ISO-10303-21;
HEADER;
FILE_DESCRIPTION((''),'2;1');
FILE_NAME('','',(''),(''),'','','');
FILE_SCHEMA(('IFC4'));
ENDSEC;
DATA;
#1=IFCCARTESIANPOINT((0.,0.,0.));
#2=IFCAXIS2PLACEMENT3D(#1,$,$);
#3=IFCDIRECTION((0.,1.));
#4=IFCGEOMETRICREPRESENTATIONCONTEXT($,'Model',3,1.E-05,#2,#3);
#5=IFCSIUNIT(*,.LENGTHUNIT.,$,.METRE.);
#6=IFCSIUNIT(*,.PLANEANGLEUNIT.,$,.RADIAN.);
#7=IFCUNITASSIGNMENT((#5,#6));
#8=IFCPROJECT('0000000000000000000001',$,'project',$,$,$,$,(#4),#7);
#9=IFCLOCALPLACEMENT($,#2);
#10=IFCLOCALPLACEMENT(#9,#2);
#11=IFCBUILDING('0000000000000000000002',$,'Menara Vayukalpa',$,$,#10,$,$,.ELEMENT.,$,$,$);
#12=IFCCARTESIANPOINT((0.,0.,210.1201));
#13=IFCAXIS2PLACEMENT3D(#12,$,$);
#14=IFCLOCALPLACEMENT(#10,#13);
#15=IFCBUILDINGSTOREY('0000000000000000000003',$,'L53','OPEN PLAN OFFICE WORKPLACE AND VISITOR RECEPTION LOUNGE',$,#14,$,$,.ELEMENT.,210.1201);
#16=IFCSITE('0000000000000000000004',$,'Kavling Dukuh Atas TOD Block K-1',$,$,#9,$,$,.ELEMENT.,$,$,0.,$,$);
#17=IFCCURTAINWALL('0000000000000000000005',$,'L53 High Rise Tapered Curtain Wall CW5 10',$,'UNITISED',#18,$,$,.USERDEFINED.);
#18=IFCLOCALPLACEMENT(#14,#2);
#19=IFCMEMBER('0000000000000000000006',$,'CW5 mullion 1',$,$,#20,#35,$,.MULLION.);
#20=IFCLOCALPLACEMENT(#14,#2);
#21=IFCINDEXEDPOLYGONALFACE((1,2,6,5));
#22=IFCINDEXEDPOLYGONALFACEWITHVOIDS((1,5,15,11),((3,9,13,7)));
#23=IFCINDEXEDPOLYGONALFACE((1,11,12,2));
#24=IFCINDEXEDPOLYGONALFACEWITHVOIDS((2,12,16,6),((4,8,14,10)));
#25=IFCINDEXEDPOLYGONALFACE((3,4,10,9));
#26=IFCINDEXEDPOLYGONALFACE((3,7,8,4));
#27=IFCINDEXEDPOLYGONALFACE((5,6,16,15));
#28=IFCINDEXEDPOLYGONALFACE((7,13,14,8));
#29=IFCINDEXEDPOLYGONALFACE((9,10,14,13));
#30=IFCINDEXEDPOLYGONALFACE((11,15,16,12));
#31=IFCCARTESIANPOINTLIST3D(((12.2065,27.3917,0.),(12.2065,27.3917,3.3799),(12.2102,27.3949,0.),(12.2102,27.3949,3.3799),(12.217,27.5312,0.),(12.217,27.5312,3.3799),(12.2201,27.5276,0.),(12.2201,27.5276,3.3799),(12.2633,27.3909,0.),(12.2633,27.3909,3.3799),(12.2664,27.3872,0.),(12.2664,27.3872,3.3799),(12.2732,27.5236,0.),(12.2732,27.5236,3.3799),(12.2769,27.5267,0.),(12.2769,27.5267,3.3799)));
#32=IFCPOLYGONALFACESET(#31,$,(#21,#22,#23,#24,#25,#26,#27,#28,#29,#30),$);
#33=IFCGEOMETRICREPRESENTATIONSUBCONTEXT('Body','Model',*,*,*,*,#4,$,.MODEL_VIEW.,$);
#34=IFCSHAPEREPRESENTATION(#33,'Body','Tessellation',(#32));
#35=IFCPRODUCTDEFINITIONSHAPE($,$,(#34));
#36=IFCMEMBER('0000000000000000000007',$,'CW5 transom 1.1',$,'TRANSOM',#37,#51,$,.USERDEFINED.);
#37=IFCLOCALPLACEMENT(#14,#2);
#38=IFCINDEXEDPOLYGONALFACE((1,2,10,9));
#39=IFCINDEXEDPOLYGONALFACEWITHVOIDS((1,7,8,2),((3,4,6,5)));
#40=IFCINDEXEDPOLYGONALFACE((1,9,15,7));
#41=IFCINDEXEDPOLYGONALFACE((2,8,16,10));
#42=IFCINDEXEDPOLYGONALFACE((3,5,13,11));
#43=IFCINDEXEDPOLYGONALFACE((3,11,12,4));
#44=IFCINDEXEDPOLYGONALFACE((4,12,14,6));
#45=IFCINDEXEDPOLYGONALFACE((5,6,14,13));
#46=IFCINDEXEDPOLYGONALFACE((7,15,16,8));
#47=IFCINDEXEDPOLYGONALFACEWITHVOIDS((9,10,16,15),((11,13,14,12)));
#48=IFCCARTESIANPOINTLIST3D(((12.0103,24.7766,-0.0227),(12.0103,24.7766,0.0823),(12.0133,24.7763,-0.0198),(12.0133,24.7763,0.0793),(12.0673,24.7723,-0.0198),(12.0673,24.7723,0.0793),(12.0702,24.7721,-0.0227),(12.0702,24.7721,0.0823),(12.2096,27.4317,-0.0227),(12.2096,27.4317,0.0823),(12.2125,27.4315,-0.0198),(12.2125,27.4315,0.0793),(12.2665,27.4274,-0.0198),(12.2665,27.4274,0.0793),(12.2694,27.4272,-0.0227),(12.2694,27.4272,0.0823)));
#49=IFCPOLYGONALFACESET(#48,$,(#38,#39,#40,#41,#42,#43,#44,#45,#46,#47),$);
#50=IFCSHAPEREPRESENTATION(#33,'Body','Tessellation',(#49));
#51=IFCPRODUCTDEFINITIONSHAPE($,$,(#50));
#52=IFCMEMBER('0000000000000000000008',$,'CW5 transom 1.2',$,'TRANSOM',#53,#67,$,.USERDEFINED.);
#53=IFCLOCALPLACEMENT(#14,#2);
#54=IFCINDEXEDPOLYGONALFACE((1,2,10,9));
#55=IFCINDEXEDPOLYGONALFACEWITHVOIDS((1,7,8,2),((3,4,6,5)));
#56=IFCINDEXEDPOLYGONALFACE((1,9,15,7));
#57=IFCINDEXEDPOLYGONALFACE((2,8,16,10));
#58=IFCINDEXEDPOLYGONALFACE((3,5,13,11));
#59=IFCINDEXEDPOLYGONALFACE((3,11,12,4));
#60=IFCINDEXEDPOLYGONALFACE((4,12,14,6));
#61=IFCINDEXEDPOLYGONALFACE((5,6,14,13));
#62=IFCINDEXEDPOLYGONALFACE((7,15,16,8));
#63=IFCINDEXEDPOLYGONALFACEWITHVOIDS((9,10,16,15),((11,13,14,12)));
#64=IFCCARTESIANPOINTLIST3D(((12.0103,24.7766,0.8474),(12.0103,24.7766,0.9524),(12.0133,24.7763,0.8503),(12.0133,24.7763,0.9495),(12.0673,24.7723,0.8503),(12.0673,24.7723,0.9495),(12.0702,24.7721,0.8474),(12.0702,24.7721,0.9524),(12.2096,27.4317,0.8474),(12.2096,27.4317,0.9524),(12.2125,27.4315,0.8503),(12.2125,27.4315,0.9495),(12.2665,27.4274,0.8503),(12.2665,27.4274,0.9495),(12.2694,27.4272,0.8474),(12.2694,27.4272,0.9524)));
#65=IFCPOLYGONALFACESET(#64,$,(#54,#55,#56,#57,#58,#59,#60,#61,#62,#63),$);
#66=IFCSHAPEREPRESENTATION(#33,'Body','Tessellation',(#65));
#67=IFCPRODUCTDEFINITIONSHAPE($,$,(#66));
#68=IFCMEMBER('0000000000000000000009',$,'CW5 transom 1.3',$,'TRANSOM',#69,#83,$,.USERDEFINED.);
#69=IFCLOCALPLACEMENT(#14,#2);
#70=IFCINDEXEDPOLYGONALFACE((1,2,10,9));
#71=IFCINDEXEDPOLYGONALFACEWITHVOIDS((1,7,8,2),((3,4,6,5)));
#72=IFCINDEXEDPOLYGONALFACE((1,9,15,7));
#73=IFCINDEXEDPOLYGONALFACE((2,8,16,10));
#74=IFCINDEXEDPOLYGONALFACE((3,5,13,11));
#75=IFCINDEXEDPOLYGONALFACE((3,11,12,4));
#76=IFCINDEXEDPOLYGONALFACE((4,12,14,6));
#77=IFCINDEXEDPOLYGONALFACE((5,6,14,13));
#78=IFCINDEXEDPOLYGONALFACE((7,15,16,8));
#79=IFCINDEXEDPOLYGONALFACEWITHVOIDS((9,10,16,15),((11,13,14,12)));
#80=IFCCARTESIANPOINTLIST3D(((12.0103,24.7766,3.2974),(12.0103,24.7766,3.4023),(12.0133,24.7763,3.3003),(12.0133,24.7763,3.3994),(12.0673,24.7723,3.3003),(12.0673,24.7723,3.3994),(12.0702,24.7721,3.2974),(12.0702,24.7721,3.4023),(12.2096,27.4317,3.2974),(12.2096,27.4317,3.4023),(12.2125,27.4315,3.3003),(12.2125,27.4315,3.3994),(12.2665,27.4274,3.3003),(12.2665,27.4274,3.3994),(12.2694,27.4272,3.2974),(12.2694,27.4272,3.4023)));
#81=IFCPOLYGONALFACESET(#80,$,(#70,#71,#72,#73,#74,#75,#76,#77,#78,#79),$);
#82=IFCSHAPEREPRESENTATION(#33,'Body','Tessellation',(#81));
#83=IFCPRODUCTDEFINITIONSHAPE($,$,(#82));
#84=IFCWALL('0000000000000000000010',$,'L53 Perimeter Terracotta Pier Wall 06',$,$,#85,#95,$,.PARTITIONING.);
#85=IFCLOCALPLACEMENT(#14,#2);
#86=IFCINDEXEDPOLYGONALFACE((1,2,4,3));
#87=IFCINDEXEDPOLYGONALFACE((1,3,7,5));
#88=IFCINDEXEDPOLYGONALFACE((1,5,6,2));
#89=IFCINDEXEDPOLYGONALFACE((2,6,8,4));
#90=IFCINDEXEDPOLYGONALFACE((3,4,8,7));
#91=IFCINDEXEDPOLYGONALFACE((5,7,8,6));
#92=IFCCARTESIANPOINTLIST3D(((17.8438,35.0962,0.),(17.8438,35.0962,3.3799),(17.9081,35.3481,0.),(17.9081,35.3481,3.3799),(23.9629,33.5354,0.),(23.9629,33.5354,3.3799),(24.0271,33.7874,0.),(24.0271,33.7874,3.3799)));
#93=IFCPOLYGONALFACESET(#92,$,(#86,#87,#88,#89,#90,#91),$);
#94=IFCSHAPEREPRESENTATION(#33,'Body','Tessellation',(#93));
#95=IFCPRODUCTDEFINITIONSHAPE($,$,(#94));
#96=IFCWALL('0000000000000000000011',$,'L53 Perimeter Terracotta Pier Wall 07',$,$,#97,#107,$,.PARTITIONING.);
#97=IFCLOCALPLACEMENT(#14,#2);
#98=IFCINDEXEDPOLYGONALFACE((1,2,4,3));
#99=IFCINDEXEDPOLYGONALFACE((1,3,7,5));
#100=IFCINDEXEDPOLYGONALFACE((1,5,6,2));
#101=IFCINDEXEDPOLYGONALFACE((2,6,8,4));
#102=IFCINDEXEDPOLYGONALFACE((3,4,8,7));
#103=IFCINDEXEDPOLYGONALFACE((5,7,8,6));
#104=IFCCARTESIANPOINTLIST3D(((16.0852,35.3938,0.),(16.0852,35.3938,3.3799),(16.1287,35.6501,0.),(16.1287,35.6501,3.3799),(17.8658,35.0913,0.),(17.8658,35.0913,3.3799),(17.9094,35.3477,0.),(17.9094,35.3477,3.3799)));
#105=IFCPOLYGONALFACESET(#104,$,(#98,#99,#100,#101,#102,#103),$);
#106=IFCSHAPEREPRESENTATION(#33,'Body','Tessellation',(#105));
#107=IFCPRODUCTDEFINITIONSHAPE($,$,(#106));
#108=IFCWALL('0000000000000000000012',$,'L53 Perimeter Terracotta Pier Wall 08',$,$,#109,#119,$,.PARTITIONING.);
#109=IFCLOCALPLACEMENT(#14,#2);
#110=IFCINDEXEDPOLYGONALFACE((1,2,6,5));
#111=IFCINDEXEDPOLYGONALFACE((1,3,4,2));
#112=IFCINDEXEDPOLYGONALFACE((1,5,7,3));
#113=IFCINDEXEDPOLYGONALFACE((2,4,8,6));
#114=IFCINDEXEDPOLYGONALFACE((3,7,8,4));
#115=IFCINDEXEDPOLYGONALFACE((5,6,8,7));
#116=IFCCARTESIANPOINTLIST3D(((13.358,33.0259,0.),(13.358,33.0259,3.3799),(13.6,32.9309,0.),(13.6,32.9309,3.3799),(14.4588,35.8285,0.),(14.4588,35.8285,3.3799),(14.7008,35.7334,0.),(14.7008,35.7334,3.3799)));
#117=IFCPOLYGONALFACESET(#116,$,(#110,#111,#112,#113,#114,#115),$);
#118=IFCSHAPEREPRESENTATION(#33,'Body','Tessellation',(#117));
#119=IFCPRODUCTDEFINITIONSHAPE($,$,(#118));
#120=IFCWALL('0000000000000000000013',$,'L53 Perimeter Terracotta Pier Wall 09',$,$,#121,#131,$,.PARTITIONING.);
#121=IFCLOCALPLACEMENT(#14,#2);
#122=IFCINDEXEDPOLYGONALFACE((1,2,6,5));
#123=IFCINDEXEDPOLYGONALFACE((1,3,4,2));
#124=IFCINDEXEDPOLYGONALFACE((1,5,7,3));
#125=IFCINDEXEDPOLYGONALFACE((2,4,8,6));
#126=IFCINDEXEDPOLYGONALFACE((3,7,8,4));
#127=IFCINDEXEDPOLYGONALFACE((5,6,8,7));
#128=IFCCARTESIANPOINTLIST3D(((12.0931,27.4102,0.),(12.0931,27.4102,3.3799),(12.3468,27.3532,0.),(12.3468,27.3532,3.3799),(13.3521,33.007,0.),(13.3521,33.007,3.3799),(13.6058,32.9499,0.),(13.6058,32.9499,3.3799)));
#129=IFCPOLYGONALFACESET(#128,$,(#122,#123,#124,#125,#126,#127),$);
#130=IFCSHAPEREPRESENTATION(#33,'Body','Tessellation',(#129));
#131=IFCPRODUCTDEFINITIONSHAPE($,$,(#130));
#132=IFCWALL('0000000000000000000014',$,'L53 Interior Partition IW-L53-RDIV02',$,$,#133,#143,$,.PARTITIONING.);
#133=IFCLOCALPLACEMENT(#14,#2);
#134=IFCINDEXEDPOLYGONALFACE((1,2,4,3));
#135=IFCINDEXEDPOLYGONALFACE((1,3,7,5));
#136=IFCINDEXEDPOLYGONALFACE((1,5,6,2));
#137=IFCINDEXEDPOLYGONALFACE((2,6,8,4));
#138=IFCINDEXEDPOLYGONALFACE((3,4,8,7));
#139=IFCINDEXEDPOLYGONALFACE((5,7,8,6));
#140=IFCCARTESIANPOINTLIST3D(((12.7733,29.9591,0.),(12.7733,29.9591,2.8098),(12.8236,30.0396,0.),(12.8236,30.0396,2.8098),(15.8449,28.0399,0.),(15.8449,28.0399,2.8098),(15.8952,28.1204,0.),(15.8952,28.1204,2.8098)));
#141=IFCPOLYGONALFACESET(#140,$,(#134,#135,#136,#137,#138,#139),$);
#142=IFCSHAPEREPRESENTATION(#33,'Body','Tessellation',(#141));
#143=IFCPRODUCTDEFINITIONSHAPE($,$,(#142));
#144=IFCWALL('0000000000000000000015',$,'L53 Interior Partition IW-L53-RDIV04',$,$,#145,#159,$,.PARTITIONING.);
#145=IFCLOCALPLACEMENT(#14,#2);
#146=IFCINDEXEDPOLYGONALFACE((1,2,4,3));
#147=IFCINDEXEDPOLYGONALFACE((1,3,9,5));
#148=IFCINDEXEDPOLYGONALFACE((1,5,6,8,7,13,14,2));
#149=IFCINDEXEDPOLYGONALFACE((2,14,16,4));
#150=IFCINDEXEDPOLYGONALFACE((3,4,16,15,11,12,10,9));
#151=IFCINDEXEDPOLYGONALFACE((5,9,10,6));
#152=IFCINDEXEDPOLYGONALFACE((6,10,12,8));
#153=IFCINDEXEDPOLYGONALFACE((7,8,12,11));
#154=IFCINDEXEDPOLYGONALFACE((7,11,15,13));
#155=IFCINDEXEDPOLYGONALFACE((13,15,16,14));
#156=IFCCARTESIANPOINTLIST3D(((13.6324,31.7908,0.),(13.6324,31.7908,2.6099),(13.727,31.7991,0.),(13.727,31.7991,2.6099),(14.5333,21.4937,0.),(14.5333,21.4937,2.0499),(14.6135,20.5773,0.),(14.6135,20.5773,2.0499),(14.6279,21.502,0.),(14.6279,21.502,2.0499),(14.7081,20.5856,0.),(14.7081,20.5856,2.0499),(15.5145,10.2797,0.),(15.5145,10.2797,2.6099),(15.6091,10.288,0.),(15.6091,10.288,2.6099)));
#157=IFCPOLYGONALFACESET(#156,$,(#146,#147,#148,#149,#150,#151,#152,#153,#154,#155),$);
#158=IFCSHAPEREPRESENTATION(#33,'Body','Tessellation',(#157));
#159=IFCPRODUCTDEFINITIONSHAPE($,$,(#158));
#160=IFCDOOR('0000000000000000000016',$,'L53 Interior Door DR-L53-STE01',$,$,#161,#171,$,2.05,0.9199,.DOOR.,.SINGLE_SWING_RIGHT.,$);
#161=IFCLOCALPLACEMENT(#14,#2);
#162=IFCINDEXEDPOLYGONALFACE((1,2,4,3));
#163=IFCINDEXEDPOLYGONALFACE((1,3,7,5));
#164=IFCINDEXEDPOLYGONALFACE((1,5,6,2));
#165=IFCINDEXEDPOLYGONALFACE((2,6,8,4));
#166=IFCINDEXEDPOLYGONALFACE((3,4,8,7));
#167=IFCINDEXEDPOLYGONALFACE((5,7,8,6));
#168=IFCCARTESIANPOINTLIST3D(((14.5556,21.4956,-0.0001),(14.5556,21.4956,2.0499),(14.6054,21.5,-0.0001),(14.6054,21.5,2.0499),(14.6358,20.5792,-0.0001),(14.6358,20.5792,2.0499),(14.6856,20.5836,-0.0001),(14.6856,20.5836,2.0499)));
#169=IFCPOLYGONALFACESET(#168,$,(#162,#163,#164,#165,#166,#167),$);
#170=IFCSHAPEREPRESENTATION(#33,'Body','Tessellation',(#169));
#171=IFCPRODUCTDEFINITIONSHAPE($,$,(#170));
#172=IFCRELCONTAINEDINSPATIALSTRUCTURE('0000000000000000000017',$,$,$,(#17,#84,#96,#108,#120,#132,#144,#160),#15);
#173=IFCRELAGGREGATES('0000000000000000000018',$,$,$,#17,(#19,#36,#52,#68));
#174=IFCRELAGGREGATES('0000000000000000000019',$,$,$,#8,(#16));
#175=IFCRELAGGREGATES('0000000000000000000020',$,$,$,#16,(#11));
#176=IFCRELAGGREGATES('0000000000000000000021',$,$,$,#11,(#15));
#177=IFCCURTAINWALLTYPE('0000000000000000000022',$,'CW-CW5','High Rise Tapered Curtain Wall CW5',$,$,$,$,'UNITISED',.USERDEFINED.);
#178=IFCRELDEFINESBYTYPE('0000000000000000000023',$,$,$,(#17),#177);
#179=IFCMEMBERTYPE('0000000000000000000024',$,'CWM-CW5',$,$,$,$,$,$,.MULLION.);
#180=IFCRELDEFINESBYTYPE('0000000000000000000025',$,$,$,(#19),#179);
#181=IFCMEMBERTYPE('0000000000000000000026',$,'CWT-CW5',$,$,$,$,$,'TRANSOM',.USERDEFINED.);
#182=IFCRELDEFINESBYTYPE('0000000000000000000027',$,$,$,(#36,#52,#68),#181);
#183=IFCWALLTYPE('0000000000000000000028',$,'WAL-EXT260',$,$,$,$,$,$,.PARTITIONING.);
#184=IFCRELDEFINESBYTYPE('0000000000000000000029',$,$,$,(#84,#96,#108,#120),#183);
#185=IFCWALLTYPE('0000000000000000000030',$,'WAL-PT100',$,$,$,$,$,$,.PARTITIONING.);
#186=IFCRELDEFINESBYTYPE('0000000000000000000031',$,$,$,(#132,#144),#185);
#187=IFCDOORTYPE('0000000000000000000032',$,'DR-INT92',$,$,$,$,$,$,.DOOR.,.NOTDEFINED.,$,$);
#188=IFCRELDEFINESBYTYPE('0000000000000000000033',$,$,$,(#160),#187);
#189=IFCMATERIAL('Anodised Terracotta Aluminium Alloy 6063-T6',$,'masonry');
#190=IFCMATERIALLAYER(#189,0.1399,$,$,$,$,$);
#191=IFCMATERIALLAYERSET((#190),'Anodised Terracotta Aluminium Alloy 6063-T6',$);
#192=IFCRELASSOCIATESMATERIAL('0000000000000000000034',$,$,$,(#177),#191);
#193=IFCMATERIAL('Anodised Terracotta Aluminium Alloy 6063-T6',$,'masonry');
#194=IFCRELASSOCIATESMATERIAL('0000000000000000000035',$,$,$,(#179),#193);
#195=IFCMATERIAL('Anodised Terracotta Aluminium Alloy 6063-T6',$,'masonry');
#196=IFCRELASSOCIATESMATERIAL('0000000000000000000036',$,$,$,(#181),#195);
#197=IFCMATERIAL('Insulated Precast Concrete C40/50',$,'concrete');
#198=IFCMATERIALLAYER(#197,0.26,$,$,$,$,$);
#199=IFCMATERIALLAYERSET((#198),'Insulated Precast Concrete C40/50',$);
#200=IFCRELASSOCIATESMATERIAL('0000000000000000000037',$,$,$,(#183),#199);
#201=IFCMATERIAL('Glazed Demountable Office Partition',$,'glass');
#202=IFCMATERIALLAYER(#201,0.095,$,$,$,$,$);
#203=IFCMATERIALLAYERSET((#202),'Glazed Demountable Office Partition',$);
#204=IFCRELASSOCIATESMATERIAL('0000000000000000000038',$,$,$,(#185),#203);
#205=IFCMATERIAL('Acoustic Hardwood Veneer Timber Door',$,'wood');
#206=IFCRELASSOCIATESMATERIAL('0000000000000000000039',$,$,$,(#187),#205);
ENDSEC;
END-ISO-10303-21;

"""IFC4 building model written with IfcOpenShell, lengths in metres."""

from ifc_helpers import new_model, si_unit, direction, frame, frame_2d, origin, origin_2d, place, context, subcontext, project, spatial, rectangle, hollow_rectangle, extrude, material, layer, layer_set, material_profile, profile_set, type_object, element, fill, aggregate, save


model = new_model("IFC4")

# Units and contexts
model_context = context("Model", 3, precision=1e-05, world=origin(), true_north=direction((0.0, 1.0)))
body_context = subcontext(model_context, "Body", "Model", "MODEL_VIEW")
ifc_project = project(units=[si_unit("LENGTHUNIT", "METRE"), si_unit("PLANEANGLEUNIT", "RADIAN")], contexts=[model_context])

# Site, building, storey
site_placement = place(None, origin())
site = spatial("IfcSite", under=ifc_project, at=site_placement, Name="Kavling Dukuh Atas TOD Block K-1", CompositionType="ELEMENT", RefElevation=0.0)
building_placement = place(site_placement, origin())
building = spatial("IfcBuilding", under=site, at=building_placement, Name="Menara Vayukalpa", CompositionType="ELEMENT")
storey_placement = place(building_placement, frame((0.0, 0.0, 210.1201)))
storey = spatial("IfcBuildingStorey", under=building, at=storey_placement, Name="L53", Description="OPEN PLAN OFFICE WORKPLACE AND VISITOR RECEPTION LOUNGE", CompositionType="ELEMENT", Elevation=210.1201)

# Curtain wall, members
ifc_material_1 = material(Name="Anodised Terracotta Aluminium Alloy 6063-T6", Category="masonry")
ifc_layer_1 = layer(ifc_material_1, 0.1399)
ifc_layer_set_1 = layer_set([ifc_layer_1], Name="Anodised Terracotta Aluminium Alloy 6063-T6")
curtain_wall_type = type_object("IfcCurtainWallType", Name="CW-CW5", Description="High Rise Tapered Curtain Wall CW5", ElementType="UNITISED", PredefinedType="USERDEFINED", material=ifc_layer_set_1)
curtain_wall_placement = place(storey_placement, origin())
curtain_wall = element("IfcCurtainWall", 1, at=curtain_wall_placement, inside=storey, type_object=curtain_wall_type, Name="L53 High Rise Tapered Curtain Wall CW5 10", ObjectType="UNITISED", PredefinedType="USERDEFINED")
ifc_material_2 = material(Name="Anodised Terracotta Aluminium Alloy 6063-T6", Category="masonry")
ifc_material_profile_1 = material_profile(ifc_material_2, hollow_rectangle(XDim=0.0601, YDim=0.1399, WallThickness=0.0034, at=origin_2d()), Name="ALU 60x140x3.5")
ifc_profile_set_1 = profile_set([ifc_material_profile_1], Name="Anodised Terracotta Aluminium Alloy 6063-T6")
member_type_1 = type_object("IfcMemberType", Name="CWM-CW5", PredefinedType="MULLION", material=ifc_profile_set_1)
member_1_placement = place(storey_placement, frame((12.2417, 27.4592, 0.0), z_axis=(0.0, 0.0, 1.0), x_axis=(0.997199, -0.074792, 0.0)))
member_1 = element("IfcMember", 2, at=member_1_placement, type_object=member_type_1, Name="CW5 mullion 1", PredefinedType="MULLION", context=body_context, shape_type="SweptSolid", body=[
    extrude(hollow_rectangle(XDim=0.0601, YDim=0.1399, WallThickness=0.0034, at=origin_2d()), origin(), (0.0, 0.0, 1.0), 3.3799),
])
ifc_material_3 = material(Name="Anodised Terracotta Aluminium Alloy 6063-T6", Category="masonry")
ifc_material_profile_2 = material_profile(ifc_material_3, hollow_rectangle(XDim=0.0601, YDim=0.105, WallThickness=0.0029, at=origin_2d()), Name="ALU 60x105x3")
ifc_profile_set_2 = profile_set([ifc_material_profile_2], Name="Anodised Terracotta Aluminium Alloy 6063-T6")
member_type_2 = type_object("IfcMemberType", Name="CWT-CW5", ElementType="TRANSOM", PredefinedType="USERDEFINED", material=ifc_profile_set_2)
member_2_placement = place(storey_placement, frame((12.2395, 27.4294, 0.0298), z_axis=(-0.074824, -0.997197, 0.0), x_axis=(0.997197, -0.074824, 0.0)))
member_2 = element("IfcMember", 3, at=member_2_placement, type_object=member_type_2, Name="CW5 transom 1.1", ObjectType="TRANSOM", PredefinedType="USERDEFINED", context=body_context, shape_type="SweptSolid", body=[
    extrude(hollow_rectangle(XDim=0.0601, YDim=0.105, WallThickness=0.0029, at=origin_2d()), origin(), (0.0, 0.0, 1.0), 2.6626),
])
member_3_placement = place(storey_placement, frame((12.2395, 27.4294, 0.8999), z_axis=(-0.074824, -0.997197, 0.0), x_axis=(0.997197, -0.074824, 0.0)))
member_3 = element("IfcMember", 4, at=member_3_placement, type_object=member_type_2, Name="CW5 transom 1.2", ObjectType="TRANSOM", PredefinedType="USERDEFINED", context=body_context, shape_type="SweptSolid", body=[
    extrude(hollow_rectangle(XDim=0.0601, YDim=0.105, WallThickness=0.0029, at=origin_2d()), origin(), (0.0, 0.0, 1.0), 2.6626),
])
member_4_placement = place(storey_placement, frame((12.2395, 27.4294, 3.3499), z_axis=(-0.074824, -0.997197, 0.0), x_axis=(0.997197, -0.074824, 0.0)))
member_4 = element("IfcMember", 5, at=member_4_placement, type_object=member_type_2, Name="CW5 transom 1.3", ObjectType="TRANSOM", PredefinedType="USERDEFINED", context=body_context, shape_type="SweptSolid", body=[
    extrude(hollow_rectangle(XDim=0.0601, YDim=0.105, WallThickness=0.0029, at=origin_2d()), origin(), (0.0, 0.0, 1.0), 2.6626),
])
aggregate(curtain_wall, [member_1, member_2, member_3, member_4])

# Walls
ifc_material_4 = material(Name="Insulated Precast Concrete C40/50", Category="concrete")
ifc_layer_2 = layer(ifc_material_4, 0.26)
ifc_layer_set_2 = layer_set([ifc_layer_2], Name="Insulated Precast Concrete C40/50")
wall_type_1 = type_object("IfcWallType", Name="WAL-EXT260", PredefinedType="PARTITIONING", material=ifc_layer_set_2)
wall_1_placement = place(storey_placement, frame((17.876, 35.2222, 0.0), z_axis=(0.0, 0.0, 1.0), x_axis=(0.968976, -0.247154, 0.0)))
element("IfcWall", 6, at=wall_1_placement, inside=storey, type_object=wall_type_1, Name="L53 Perimeter Terracotta Pier Wall 06", PredefinedType="PARTITIONING", context=body_context, shape_type="SweptSolid", body=[
    extrude(rectangle(XDim=6.3149, YDim=0.26, at=frame_2d((3.1575, 0.0))), origin(), (0.0, 0.0, 1.0), 3.3799),
])
wall_2_placement = place(storey_placement, frame((16.1069, 35.522, 0.0), z_axis=(0.0, 0.0, 1.0), x_axis=(0.985878, -0.167467, 0.0)))
element("IfcWall", 7, at=wall_2_placement, inside=storey, type_object=wall_type_1, Name="L53 Perimeter Terracotta Pier Wall 07", PredefinedType="PARTITIONING", context=body_context, shape_type="SweptSolid", body=[
    extrude(rectangle(XDim=1.8062, YDim=0.26, at=frame_2d((0.9031, 0.0))), origin(), (0.0, 0.0, 1.0), 3.3799),
])
wall_3_placement = place(storey_placement, frame((13.479, 32.9785, 0.0), z_axis=(0.0, 0.0, 1.0), x_axis=(0.36561, 0.930768, 0.0)))
element("IfcWall", 8, at=wall_3_placement, inside=storey, type_object=wall_type_1, Name="L53 Perimeter Terracotta Pier Wall 08", PredefinedType="PARTITIONING", context=body_context, shape_type="SweptSolid", body=[
    extrude(rectangle(XDim=3.011, YDim=0.26, at=frame_2d((1.5054, 0.0))), origin(), (0.0, 0.0, 1.0), 3.3799),
])
wall_4_placement = place(storey_placement, frame((12.22, 27.3818, 0.0), z_axis=(0.0, 0.0, 1.0), x_axis=(0.219476, 0.975618, 0.0)))
element("IfcWall", 9, at=wall_4_placement, inside=storey, type_object=wall_type_1, Name="L53 Perimeter Terracotta Pier Wall 09", PredefinedType="PARTITIONING", context=body_context, shape_type="SweptSolid", body=[
    extrude(rectangle(XDim=5.7366, YDim=0.26, at=frame_2d((2.8682, 0.0))), origin(), (0.0, 0.0, 1.0), 3.3799),
])
ifc_material_5 = material(Name="Glazed Demountable Office Partition", Category="glass")
ifc_layer_3 = layer(ifc_material_5, 0.095)
ifc_layer_set_3 = layer_set([ifc_layer_3], Name="Glazed Demountable Office Partition")
wall_type_2 = type_object("IfcWallType", Name="WAL-PT100", PredefinedType="PARTITIONING", material=ifc_layer_set_3)
wall_5_placement = place(storey_placement, frame((15.8701, 28.0801, 0.0), z_axis=(0.0, 0.0, 1.0), x_axis=(-0.848063, 0.529896, 0.0)))
element("IfcWall", 10, at=wall_5_placement, inside=storey, type_object=wall_type_2, Name="L53 Interior Partition IW-L53-RDIV02", PredefinedType="PARTITIONING", context=body_context, shape_type="SweptSolid", body=[
    extrude(rectangle(XDim=3.6218, YDim=0.095, at=frame_2d((1.811, 0.0))), origin(), (0.0, 0.0, 1.0), 2.8098),
])

# Wall, opening, door
wall_6_placement = place(storey_placement, frame((13.6797, 31.7949, 0.0), z_axis=(0.0, 0.0, 1.0), x_axis=(0.087161, -0.996194, 0.0)))
wall_6 = element("IfcWall", 11, at=wall_6_placement, inside=storey, type_object=wall_type_2, Name="L53 Interior Partition IW-L53-RDIV04", PredefinedType="PARTITIONING", context=body_context, shape_type="SweptSolid", body=[
    extrude(rectangle(XDim=21.5933, YDim=0.095, at=frame_2d((10.7966, 0.0))), origin(), (0.0, 0.0, 1.0), 2.6099),
])
opening_1_placement = place(wall_6_placement, frame((10.3364, 0.0, 0.0)))
opening_1 = element("IfcOpeningElement", 12, at=opening_1_placement, cuts=wall_6, PredefinedType="OPENING", context=body_context, shape_type="SweptSolid", body=[
    extrude(rectangle(XDim=0.9199, YDim=2.05, at=frame_2d((0.46, 1.0249))), frame((0.0, 0.0574, 0.0), z_axis=(0.0, -1.0, 0.0), x_axis=(1.0, 0.0, 0.0)), (0.0, 0.0, 1.0), 0.115),
])
ifc_material_6 = material(Name="Acoustic Hardwood Veneer Timber Door", Category="wood")
door_type_1 = type_object("IfcDoorType", Name="DR-INT92", OperationType="NOTDEFINED", PredefinedType="DOOR", material=ifc_material_6)
door_1_placement = place(opening_1_placement, origin())
door_1 = element("IfcDoor", 13, at=door_1_placement, inside=storey, type_object=door_type_1, Name="L53 Interior Door DR-L53-STE01", OperationType="SINGLE_SWING_RIGHT", OverallHeight=2.05, OverallWidth=0.9199, PredefinedType="DOOR", context=body_context, shape_type="SweptSolid", body=[
    extrude(rectangle(XDim=0.9199, YDim=2.05, at=frame_2d((0.46, 1.0249))), frame((0.0, 0.0249, 0.0), z_axis=(0.0, -1.0, 0.0), x_axis=(1.0, 0.0, 0.0)), (0.0, 0.0, 1.0), 0.05),
])
fill(opening_1, door_1)

save(model, "model.ifc")
